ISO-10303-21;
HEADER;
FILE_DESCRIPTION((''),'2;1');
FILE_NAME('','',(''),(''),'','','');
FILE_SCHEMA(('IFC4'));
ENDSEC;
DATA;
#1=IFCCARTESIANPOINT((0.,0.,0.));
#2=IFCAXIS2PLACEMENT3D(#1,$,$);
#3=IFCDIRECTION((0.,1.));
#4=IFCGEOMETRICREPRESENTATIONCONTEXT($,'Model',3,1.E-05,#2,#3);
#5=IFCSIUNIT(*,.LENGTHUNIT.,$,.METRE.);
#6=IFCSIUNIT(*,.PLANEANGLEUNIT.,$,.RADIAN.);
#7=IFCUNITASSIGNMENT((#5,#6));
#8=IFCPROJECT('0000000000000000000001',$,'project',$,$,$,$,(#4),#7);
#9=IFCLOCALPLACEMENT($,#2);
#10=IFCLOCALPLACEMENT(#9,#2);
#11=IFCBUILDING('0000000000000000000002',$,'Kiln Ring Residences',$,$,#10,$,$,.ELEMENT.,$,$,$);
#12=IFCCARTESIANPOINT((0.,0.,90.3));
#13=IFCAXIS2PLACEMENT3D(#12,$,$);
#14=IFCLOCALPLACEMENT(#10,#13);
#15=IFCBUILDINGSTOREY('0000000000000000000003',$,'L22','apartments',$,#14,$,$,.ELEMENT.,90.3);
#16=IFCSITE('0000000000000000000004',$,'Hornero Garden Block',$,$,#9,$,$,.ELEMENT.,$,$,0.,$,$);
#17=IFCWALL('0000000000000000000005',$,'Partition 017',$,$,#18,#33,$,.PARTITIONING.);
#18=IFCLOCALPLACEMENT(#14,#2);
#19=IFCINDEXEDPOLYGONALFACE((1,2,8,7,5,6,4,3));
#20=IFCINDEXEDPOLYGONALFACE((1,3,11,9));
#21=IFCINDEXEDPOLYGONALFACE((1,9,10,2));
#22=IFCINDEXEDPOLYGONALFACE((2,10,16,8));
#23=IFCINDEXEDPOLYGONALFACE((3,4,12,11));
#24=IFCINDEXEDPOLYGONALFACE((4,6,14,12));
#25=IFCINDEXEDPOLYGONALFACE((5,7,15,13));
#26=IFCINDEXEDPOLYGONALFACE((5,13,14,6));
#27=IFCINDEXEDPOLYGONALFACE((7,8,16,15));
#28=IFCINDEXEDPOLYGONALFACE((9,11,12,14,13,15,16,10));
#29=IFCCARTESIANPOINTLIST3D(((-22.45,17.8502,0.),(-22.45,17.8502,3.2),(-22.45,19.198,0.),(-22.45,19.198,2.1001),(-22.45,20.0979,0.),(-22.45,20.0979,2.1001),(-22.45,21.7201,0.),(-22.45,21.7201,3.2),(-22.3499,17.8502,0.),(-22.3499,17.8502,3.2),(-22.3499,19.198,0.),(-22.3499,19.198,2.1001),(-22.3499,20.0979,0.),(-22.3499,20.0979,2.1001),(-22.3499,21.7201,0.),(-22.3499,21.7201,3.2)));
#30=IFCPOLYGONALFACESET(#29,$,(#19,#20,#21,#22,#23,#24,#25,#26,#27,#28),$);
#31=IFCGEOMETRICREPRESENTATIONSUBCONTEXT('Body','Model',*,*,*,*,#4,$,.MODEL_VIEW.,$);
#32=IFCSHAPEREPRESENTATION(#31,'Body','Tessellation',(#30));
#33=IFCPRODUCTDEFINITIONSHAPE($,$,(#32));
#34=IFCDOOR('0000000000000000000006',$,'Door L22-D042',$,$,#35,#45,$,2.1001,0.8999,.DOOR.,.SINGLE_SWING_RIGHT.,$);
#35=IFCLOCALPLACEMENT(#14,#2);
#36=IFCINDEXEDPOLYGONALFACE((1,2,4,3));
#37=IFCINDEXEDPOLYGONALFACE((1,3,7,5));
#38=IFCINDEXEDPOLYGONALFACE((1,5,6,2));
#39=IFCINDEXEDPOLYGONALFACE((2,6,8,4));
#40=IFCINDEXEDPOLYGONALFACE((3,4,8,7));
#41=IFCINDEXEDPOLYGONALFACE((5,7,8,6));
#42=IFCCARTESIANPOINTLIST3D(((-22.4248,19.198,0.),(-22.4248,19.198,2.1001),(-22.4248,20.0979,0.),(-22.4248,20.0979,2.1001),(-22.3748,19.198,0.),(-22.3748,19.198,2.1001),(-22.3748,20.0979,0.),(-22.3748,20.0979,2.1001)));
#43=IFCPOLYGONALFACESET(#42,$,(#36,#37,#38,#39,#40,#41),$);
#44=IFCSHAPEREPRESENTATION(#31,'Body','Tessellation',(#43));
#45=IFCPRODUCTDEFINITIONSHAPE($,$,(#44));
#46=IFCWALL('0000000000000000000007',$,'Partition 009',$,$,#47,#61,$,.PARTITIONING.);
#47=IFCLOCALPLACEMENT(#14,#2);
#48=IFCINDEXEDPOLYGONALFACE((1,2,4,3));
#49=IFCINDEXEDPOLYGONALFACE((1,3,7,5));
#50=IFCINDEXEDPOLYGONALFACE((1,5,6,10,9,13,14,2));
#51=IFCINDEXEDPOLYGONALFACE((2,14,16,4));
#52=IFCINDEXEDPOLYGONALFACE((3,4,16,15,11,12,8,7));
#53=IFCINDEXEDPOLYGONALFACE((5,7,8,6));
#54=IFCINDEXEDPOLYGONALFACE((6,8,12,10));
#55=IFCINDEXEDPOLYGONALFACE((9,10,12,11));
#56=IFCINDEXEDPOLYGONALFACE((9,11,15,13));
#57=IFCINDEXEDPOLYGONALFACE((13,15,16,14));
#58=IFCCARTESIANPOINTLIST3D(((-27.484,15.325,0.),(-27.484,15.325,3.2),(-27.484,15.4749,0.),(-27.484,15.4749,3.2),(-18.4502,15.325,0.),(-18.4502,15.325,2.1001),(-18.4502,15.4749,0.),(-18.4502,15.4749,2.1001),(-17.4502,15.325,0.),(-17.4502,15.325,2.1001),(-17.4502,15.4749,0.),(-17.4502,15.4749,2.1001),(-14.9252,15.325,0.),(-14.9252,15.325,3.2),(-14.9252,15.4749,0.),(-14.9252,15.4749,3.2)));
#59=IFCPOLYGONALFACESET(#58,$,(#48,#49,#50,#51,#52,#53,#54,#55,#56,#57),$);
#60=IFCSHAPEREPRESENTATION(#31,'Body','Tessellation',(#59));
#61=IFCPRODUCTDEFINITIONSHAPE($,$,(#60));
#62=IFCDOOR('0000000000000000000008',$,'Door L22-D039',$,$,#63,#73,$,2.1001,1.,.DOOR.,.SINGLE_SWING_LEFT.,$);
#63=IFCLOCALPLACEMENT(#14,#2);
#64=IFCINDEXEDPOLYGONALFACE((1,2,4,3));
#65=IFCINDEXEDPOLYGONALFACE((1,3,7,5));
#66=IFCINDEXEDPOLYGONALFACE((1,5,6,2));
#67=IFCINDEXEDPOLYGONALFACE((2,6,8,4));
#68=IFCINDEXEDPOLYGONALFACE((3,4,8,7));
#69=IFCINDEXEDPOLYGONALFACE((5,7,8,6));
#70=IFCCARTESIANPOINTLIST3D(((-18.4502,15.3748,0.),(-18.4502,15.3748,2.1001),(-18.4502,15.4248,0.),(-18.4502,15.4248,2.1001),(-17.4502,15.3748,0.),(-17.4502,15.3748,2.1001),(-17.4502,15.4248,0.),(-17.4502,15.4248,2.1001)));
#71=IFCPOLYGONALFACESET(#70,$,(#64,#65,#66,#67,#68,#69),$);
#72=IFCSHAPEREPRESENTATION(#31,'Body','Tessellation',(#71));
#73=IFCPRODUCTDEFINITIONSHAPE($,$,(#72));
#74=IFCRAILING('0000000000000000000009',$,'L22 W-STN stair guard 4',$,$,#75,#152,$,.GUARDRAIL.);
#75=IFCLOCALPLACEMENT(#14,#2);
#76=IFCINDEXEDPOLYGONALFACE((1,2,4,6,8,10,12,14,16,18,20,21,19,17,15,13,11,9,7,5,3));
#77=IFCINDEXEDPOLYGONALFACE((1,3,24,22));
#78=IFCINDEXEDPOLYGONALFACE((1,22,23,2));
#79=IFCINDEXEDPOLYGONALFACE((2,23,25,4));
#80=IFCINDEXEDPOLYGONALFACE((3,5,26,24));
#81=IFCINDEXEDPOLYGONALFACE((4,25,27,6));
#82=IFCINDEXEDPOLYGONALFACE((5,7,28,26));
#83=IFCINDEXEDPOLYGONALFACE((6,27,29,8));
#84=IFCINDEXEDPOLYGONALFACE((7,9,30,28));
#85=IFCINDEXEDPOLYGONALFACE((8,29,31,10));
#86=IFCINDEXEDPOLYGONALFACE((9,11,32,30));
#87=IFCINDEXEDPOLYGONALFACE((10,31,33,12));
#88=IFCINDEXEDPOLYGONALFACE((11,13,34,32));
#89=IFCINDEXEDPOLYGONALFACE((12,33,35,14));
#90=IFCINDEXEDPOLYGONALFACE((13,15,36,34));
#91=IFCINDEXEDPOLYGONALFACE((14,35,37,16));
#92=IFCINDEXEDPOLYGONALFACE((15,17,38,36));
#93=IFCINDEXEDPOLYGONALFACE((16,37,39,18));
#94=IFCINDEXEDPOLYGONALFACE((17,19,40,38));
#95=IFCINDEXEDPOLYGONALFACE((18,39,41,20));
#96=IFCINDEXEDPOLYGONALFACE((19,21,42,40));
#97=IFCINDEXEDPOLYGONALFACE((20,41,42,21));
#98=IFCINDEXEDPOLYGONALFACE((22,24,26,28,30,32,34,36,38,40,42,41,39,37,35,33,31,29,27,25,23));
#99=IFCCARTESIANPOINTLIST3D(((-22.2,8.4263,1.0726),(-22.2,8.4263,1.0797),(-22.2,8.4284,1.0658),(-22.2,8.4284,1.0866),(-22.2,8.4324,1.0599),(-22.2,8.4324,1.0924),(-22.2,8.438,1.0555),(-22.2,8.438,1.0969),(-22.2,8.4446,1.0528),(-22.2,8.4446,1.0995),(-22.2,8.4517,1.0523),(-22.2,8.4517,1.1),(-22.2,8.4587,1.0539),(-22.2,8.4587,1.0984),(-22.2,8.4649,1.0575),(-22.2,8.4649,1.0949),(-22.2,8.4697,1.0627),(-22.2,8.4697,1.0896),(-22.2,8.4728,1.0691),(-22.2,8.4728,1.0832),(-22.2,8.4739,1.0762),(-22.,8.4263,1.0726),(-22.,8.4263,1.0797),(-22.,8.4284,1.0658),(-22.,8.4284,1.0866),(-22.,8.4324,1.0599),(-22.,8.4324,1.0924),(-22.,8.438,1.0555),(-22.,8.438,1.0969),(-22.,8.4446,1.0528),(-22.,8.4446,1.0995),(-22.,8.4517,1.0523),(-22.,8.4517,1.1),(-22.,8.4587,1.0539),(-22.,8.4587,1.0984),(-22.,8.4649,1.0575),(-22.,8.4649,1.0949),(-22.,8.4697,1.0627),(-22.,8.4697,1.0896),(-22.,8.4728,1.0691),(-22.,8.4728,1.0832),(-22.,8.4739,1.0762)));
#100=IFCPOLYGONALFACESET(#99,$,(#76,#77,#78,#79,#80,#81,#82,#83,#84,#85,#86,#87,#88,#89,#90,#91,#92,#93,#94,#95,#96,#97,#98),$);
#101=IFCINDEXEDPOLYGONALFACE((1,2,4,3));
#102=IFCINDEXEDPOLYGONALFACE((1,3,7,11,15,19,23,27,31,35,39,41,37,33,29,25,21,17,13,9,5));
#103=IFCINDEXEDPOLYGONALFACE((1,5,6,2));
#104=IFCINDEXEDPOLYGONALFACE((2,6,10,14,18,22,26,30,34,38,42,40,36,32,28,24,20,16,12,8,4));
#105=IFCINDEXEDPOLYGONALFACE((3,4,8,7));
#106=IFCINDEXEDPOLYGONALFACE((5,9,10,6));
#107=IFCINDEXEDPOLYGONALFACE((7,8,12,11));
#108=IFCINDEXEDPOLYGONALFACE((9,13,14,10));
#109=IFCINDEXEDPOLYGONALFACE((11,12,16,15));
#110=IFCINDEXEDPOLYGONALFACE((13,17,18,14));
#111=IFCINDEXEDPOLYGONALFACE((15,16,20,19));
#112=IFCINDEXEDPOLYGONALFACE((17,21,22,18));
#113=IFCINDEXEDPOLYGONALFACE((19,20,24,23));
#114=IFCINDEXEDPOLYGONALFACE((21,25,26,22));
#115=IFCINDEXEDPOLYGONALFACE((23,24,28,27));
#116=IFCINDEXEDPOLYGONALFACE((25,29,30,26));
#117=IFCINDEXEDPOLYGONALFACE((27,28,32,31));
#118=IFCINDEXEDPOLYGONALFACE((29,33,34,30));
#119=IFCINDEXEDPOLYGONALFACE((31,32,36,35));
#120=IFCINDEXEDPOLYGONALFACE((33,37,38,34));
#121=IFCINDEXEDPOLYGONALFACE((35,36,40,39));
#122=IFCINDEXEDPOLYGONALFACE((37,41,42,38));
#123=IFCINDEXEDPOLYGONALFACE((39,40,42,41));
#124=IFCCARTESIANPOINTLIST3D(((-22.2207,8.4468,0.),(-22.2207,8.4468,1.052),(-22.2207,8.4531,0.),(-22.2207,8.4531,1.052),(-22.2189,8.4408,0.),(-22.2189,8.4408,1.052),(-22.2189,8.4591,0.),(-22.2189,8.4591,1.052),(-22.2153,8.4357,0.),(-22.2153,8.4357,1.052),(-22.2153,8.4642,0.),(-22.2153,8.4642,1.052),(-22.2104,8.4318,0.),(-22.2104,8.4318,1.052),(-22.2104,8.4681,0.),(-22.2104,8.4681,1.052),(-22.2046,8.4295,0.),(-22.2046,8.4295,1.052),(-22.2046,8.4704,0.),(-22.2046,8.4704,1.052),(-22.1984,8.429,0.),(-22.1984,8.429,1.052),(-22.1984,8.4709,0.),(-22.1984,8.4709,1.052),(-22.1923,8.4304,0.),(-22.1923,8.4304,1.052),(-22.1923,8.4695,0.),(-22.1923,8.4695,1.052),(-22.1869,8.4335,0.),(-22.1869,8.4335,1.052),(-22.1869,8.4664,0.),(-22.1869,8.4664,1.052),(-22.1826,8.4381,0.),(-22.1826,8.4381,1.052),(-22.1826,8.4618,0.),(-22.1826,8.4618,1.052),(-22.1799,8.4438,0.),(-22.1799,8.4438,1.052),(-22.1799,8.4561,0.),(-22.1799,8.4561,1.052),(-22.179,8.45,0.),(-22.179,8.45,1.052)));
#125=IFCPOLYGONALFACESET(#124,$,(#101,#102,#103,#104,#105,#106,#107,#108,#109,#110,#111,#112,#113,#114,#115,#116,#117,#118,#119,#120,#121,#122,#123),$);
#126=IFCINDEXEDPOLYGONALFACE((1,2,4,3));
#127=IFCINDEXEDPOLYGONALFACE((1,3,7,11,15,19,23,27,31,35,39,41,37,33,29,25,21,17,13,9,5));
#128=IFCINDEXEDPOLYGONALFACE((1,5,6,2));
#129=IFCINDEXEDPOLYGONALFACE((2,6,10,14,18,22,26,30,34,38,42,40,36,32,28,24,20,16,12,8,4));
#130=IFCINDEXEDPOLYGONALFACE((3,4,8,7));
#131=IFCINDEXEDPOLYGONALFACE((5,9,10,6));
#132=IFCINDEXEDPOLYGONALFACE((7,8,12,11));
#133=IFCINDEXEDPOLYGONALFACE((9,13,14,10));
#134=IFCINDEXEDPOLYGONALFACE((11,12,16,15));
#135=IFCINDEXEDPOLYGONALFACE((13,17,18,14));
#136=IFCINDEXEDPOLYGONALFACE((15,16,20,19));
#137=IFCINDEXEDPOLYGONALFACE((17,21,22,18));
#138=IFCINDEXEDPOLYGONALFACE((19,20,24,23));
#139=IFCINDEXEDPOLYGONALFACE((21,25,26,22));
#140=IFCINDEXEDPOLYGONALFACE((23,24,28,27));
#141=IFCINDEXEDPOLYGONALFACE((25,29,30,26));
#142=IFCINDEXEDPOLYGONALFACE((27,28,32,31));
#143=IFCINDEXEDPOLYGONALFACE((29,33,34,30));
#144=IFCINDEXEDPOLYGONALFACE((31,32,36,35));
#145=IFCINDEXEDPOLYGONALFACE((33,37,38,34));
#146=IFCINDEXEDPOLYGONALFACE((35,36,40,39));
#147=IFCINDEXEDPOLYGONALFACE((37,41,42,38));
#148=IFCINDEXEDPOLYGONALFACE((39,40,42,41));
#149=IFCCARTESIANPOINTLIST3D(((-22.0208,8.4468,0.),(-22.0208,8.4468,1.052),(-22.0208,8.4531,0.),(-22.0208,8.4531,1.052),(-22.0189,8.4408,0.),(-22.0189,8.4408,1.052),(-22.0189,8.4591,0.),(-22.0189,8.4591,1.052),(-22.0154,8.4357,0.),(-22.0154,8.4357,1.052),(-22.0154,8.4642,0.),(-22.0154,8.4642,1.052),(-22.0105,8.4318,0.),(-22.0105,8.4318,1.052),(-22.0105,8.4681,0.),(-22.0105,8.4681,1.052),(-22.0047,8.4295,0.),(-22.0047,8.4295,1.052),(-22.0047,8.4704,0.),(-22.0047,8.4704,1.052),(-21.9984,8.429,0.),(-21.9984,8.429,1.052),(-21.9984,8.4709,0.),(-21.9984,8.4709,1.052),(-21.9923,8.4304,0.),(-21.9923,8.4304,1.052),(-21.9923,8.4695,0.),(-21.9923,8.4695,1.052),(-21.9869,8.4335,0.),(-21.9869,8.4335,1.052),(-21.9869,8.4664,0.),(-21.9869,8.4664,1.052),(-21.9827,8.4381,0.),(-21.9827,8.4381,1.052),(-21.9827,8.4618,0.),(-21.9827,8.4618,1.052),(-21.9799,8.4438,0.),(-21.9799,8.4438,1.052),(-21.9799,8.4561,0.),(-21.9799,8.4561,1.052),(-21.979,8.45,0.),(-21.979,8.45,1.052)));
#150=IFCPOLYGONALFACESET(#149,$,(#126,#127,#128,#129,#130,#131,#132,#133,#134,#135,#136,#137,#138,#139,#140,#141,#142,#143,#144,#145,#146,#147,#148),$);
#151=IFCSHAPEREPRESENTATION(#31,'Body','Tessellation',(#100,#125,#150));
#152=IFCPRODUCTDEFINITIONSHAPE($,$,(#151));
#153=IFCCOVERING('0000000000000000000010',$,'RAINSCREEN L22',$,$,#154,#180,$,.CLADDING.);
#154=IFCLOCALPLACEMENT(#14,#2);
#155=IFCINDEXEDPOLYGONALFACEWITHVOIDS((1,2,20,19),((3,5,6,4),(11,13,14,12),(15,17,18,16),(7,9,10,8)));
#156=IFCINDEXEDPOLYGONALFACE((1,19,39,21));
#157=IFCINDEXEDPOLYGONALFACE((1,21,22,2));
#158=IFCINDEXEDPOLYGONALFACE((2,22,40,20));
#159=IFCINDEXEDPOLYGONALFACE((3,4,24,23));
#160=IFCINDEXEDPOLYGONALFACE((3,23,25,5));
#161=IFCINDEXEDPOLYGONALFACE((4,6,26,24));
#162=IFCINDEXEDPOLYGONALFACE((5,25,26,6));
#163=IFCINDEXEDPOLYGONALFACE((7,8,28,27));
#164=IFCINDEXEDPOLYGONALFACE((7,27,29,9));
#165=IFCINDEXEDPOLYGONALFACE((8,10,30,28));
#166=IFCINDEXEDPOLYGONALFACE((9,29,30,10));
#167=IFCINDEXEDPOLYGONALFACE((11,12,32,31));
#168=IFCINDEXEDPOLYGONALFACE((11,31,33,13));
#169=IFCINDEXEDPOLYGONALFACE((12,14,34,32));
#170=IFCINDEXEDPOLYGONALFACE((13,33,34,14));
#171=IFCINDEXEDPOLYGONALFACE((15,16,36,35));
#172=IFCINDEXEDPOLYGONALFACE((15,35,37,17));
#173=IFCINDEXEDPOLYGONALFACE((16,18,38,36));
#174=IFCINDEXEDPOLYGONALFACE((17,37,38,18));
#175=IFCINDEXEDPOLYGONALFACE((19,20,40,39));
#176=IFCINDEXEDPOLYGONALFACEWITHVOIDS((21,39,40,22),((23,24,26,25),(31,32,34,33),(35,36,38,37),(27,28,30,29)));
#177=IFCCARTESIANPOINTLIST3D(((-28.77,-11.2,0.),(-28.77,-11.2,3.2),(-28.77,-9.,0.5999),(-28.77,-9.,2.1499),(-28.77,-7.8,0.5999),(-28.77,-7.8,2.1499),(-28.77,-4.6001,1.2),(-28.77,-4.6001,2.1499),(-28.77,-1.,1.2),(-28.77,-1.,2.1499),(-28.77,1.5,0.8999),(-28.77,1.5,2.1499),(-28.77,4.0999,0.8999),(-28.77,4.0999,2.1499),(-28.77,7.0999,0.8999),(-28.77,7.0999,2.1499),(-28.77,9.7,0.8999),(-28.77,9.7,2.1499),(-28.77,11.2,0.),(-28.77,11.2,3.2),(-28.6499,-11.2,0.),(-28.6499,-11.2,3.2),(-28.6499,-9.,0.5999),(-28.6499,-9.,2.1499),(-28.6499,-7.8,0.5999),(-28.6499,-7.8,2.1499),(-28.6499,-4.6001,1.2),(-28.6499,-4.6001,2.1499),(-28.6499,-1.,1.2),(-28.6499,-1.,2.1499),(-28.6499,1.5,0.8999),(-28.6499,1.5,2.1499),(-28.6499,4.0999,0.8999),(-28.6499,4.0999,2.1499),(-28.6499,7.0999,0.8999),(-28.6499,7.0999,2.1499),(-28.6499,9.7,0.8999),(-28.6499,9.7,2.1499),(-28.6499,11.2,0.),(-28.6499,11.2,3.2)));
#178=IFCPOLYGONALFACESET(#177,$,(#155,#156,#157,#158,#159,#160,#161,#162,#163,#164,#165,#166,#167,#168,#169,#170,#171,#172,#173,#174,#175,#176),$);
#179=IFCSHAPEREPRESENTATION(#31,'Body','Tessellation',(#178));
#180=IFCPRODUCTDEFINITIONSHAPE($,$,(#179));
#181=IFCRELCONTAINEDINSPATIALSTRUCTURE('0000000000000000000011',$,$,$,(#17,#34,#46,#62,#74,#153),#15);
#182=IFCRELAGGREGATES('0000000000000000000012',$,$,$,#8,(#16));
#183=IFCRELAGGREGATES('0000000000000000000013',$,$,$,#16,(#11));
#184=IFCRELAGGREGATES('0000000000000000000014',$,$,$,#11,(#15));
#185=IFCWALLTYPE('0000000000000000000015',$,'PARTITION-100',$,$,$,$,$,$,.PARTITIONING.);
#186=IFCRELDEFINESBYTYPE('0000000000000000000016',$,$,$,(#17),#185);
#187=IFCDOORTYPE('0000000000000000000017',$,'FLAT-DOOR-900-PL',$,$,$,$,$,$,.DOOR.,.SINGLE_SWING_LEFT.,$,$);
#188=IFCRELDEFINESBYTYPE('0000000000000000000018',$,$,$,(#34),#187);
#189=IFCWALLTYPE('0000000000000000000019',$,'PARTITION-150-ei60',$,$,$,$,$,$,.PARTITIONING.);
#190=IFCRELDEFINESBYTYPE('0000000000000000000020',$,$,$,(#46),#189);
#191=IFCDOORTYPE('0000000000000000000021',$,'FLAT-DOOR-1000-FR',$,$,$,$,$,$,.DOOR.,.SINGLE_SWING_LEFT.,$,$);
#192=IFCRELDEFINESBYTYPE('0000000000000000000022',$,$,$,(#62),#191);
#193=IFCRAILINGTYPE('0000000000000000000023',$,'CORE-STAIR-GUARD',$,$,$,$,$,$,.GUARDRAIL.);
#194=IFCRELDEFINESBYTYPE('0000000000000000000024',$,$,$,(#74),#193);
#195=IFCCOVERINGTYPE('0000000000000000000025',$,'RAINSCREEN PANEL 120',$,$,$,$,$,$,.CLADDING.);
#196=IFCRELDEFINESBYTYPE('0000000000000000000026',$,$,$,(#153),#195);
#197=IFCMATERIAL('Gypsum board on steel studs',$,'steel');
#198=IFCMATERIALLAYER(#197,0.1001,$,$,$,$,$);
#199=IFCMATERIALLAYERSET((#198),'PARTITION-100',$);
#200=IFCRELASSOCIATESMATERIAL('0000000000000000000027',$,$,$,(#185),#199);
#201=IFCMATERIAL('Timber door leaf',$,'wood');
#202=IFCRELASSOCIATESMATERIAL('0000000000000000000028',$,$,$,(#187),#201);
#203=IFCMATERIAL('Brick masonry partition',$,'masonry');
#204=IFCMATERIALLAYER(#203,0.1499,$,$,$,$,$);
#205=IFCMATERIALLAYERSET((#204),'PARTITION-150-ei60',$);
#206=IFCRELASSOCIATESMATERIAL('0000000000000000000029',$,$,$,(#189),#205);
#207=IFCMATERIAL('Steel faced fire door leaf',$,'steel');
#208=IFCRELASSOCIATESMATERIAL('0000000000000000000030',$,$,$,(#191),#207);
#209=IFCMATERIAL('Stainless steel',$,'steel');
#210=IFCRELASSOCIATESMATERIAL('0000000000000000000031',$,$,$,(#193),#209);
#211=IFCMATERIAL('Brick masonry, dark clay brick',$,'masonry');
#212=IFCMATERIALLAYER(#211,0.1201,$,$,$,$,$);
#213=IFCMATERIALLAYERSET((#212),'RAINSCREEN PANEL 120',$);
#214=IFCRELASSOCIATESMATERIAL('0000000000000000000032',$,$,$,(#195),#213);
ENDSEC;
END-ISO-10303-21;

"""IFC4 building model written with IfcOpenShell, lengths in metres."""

from ifc_helpers import new_model, si_unit, direction, frame, frame_2d, origin, origin_2d, place, context, subcontext, project, spatial, polyline, rectangle, circle, outline, extrude, material, layer, layer_set, type_object, element, fill, save


model = new_model("IFC4")

# Units and contexts
model_context = context("Model", 3, precision=1e-05, world=origin(), true_north=direction((0.0, 1.0)))
body_context = subcontext(model_context, "Body", "Model", "MODEL_VIEW")
ifc_project = project(units=[si_unit("LENGTHUNIT", "METRE"), si_unit("PLANEANGLEUNIT", "RADIAN")], contexts=[model_context])

# Site, building, storey
site_placement = place(None, origin())
site = spatial("IfcSite", under=ifc_project, at=site_placement, Name="Hornero Garden Block", CompositionType="ELEMENT", RefElevation=0.0)
building_placement = place(site_placement, origin())
building = spatial("IfcBuilding", under=site, at=building_placement, Name="Kiln Ring Residences", CompositionType="ELEMENT")
storey_placement = place(building_placement, frame((0.0, 0.0, 90.3)))
storey = spatial("IfcBuildingStorey", under=building, at=storey_placement, Name="L22", Description="apartments", CompositionType="ELEMENT", Elevation=90.3)

# Shared definitions
ifc_material_1 = material(Name="Gypsum board on steel studs", Category="steel")
ifc_layer_1 = layer(ifc_material_1, 0.1001)
ifc_layer_set_1 = layer_set([ifc_layer_1], Name="PARTITION-100")
wall_type_1 = type_object("IfcWallType", Name="PARTITION-100", PredefinedType="PARTITIONING", material=ifc_layer_set_1)
ifc_material_2 = material(Name="Timber door leaf", Category="wood")
door_type_1 = type_object("IfcDoorType", Name="FLAT-DOOR-900-PL", OperationType="SINGLE_SWING_LEFT", PredefinedType="DOOR", material=ifc_material_2)

# Walls, openings, doors
wall_1_placement = place(storey_placement, frame((-22.3999, 17.8501, 0.0), z_axis=(0.0, 0.0, 1.0), x_axis=(0.0, 1.0, 0.0)))
wall_1 = element("IfcWall", 1, at=wall_1_placement, inside=storey, type_object=wall_type_1, Name="Partition 017", PredefinedType="PARTITIONING", context=body_context, shape_type="SweptSolid", body=[
    extrude(rectangle(XDim=3.8699, YDim=0.1001, at=frame_2d((1.9351, 0.0))), origin(), (0.0, 0.0, 1.0), 3.2),
])
opening_1_placement = place(wall_1_placement, frame((1.3479, 0.0, 0.0)))
opening_1 = element("IfcOpeningElement", 2, at=opening_1_placement, cuts=wall_1, PredefinedType="OPENING", context=body_context, shape_type="SweptSolid", body=[
    extrude(rectangle(XDim=0.8999, YDim=2.1001, at=frame_2d((0.45, 1.05))), frame((0.0, 0.0601, 0.0), z_axis=(0.0, -1.0, 0.0), x_axis=(1.0, 0.0, 0.0)), (0.0, 0.0, 1.0), 0.1201),
])
door_1_placement = place(opening_1_placement, origin())
door_1 = element("IfcDoor", 3, at=door_1_placement, inside=storey, type_object=door_type_1, Name="Door L22-D042", OperationType="SINGLE_SWING_RIGHT", OverallHeight=2.1001, OverallWidth=0.8999, PredefinedType="DOOR", context=body_context, shape_type="SweptSolid", body=[
    extrude(rectangle(XDim=0.8999, YDim=2.1001, at=frame_2d((0.45, 1.05))), frame((0.0, 0.0249, 0.0), z_axis=(0.0, -1.0, 0.0), x_axis=(1.0, 0.0, 0.0)), (0.0, 0.0, 1.0), 0.05),
])
fill(opening_1, door_1)
ifc_material_3 = material(Name="Brick masonry partition", Category="masonry")
ifc_layer_2 = layer(ifc_material_3, 0.1499)
ifc_layer_set_2 = layer_set([ifc_layer_2], Name="PARTITION-150-ei60")
wall_type_2 = type_object("IfcWallType", Name="PARTITION-150-ei60", PredefinedType="PARTITIONING", material=ifc_layer_set_2)
wall_2_placement = place(storey_placement, frame((-27.4839, 15.3999, 0.0), z_axis=(0.0, 0.0, 1.0), x_axis=(1.0, 0.0, 0.0)))
wall_2 = element("IfcWall", 4, at=wall_2_placement, inside=storey, type_object=wall_type_2, Name="Partition 009", PredefinedType="PARTITIONING", context=body_context, shape_type="SweptSolid", body=[
    extrude(rectangle(XDim=12.5588, YDim=0.1499, at=frame_2d((6.2793, 0.0))), origin(), (0.0, 0.0, 1.0), 3.2),
])
opening_2_placement = place(wall_2_placement, frame((9.0337, 0.0, 0.0)))
opening_2 = element("IfcOpeningElement", 5, at=opening_2_placement, cuts=wall_2, PredefinedType="OPENING", context=body_context, shape_type="SweptSolid", body=[
    extrude(rectangle(XDim=1.0, YDim=2.1001, at=frame_2d((0.5, 1.05))), frame((0.0, 0.085, 0.0), z_axis=(0.0, -1.0, 0.0), x_axis=(1.0, 0.0, 0.0)), (0.0, 0.0, 1.0), 0.1699),
])
ifc_material_4 = material(Name="Steel faced fire door leaf", Category="steel")
door_type_2 = type_object("IfcDoorType", Name="FLAT-DOOR-1000-FR", OperationType="SINGLE_SWING_LEFT", PredefinedType="DOOR", material=ifc_material_4)
door_2_placement = place(opening_2_placement, origin())
door_2 = element("IfcDoor", 6, at=door_2_placement, inside=storey, type_object=door_type_2, Name="Door L22-D039", OperationType="SINGLE_SWING_LEFT", OverallHeight=2.1001, OverallWidth=1.0, PredefinedType="DOOR", context=body_context, shape_type="SweptSolid", body=[
    extrude(rectangle(XDim=1.0, YDim=2.1001, at=frame_2d((0.5, 1.05))), frame((0.0, 0.0249, 0.0), z_axis=(0.0, -1.0, 0.0), x_axis=(1.0, 0.0, 0.0)), (0.0, 0.0, 1.0), 0.05),
])
fill(opening_2, door_2)

# Railing
ifc_material_5 = material(Name="Stainless steel", Category="steel")
railing_type = type_object("IfcRailingType", Name="CORE-STAIR-GUARD", PredefinedType="GUARDRAIL", material=ifc_material_5)
railing_placement = place(storey_placement, frame((-22.2, 8.45, 0.0)))
element("IfcRailing", 7, at=railing_placement, inside=storey, type_object=railing_type, Name="L22 W-STN stair guard 4", PredefinedType="GUARDRAIL", context=body_context, shape_type="SweptSolid", body=[
    extrude(circle(Radius=0.0239, at=origin_2d()), frame((0.0, 0.0, 1.0762), z_axis=(1.0, 0.0, 0.0), x_axis=(0.0, 1.0, 0.0)), (0.0, 0.0, 1.0), 0.2),
    extrude(circle(Radius=0.021, at=origin_2d()), origin(), (0.0, 0.0, 1.0), 1.052),
    extrude(circle(Radius=0.021, at=origin_2d()), frame((0.2, 0.0, 0.0)), (0.0, 0.0, 1.0), 1.052),
])

# Covering
ifc_material_6 = material(Name="Brick masonry, dark clay brick", Category="masonry")
ifc_layer_3 = layer(ifc_material_6, 0.1201)
ifc_layer_set_3 = layer_set([ifc_layer_3], Name="RAINSCREEN PANEL 120")
covering_type = type_object("IfcCoveringType", Name="RAINSCREEN PANEL 120", PredefinedType="CLADDING", material=ifc_layer_set_3)
covering_placement = place(storey_placement, frame((-28.71, 11.2, 0.0), z_axis=(0.0, 0.0, 1.0), x_axis=(0.0, -1.0, 0.0)))
element("IfcCovering", 8, at=covering_placement, inside=storey, type_object=covering_type, Name="RAINSCREEN L22", PredefinedType="CLADDING", context=body_context, shape_type="SweptSolid", body=[
    extrude(outline(polyline([(0.0, 0.0), (22.3999, 0.0), (22.3999, 3.2), (0.0, 3.2), (0.0, 0.0)]), holes=[polyline([(20.2, 0.5999), (20.2, 2.1499), (19.0, 2.1499), (19.0, 0.5999), (20.2, 0.5999)]), polyline([(4.1001, 0.8999), (4.1001, 2.1499), (1.5, 2.1499), (1.5, 0.8999), (4.1001, 0.8999)]), polyline([(9.7, 0.8999), (9.7, 2.1499), (7.1001, 2.1499), (7.1001, 0.8999), (9.7, 0.8999)]), polyline([(15.8, 1.2), (15.8, 2.1499), (12.2, 2.1499), (12.2, 1.2), (15.8, 1.2)])]), frame((0.0, 0.0601, 0.0), z_axis=(0.0, -1.0, 0.0), x_axis=(1.0, 0.0, 0.0)), (0.0, 0.0, 1.0), 0.1201),
])

save(model, "model.ifc")
